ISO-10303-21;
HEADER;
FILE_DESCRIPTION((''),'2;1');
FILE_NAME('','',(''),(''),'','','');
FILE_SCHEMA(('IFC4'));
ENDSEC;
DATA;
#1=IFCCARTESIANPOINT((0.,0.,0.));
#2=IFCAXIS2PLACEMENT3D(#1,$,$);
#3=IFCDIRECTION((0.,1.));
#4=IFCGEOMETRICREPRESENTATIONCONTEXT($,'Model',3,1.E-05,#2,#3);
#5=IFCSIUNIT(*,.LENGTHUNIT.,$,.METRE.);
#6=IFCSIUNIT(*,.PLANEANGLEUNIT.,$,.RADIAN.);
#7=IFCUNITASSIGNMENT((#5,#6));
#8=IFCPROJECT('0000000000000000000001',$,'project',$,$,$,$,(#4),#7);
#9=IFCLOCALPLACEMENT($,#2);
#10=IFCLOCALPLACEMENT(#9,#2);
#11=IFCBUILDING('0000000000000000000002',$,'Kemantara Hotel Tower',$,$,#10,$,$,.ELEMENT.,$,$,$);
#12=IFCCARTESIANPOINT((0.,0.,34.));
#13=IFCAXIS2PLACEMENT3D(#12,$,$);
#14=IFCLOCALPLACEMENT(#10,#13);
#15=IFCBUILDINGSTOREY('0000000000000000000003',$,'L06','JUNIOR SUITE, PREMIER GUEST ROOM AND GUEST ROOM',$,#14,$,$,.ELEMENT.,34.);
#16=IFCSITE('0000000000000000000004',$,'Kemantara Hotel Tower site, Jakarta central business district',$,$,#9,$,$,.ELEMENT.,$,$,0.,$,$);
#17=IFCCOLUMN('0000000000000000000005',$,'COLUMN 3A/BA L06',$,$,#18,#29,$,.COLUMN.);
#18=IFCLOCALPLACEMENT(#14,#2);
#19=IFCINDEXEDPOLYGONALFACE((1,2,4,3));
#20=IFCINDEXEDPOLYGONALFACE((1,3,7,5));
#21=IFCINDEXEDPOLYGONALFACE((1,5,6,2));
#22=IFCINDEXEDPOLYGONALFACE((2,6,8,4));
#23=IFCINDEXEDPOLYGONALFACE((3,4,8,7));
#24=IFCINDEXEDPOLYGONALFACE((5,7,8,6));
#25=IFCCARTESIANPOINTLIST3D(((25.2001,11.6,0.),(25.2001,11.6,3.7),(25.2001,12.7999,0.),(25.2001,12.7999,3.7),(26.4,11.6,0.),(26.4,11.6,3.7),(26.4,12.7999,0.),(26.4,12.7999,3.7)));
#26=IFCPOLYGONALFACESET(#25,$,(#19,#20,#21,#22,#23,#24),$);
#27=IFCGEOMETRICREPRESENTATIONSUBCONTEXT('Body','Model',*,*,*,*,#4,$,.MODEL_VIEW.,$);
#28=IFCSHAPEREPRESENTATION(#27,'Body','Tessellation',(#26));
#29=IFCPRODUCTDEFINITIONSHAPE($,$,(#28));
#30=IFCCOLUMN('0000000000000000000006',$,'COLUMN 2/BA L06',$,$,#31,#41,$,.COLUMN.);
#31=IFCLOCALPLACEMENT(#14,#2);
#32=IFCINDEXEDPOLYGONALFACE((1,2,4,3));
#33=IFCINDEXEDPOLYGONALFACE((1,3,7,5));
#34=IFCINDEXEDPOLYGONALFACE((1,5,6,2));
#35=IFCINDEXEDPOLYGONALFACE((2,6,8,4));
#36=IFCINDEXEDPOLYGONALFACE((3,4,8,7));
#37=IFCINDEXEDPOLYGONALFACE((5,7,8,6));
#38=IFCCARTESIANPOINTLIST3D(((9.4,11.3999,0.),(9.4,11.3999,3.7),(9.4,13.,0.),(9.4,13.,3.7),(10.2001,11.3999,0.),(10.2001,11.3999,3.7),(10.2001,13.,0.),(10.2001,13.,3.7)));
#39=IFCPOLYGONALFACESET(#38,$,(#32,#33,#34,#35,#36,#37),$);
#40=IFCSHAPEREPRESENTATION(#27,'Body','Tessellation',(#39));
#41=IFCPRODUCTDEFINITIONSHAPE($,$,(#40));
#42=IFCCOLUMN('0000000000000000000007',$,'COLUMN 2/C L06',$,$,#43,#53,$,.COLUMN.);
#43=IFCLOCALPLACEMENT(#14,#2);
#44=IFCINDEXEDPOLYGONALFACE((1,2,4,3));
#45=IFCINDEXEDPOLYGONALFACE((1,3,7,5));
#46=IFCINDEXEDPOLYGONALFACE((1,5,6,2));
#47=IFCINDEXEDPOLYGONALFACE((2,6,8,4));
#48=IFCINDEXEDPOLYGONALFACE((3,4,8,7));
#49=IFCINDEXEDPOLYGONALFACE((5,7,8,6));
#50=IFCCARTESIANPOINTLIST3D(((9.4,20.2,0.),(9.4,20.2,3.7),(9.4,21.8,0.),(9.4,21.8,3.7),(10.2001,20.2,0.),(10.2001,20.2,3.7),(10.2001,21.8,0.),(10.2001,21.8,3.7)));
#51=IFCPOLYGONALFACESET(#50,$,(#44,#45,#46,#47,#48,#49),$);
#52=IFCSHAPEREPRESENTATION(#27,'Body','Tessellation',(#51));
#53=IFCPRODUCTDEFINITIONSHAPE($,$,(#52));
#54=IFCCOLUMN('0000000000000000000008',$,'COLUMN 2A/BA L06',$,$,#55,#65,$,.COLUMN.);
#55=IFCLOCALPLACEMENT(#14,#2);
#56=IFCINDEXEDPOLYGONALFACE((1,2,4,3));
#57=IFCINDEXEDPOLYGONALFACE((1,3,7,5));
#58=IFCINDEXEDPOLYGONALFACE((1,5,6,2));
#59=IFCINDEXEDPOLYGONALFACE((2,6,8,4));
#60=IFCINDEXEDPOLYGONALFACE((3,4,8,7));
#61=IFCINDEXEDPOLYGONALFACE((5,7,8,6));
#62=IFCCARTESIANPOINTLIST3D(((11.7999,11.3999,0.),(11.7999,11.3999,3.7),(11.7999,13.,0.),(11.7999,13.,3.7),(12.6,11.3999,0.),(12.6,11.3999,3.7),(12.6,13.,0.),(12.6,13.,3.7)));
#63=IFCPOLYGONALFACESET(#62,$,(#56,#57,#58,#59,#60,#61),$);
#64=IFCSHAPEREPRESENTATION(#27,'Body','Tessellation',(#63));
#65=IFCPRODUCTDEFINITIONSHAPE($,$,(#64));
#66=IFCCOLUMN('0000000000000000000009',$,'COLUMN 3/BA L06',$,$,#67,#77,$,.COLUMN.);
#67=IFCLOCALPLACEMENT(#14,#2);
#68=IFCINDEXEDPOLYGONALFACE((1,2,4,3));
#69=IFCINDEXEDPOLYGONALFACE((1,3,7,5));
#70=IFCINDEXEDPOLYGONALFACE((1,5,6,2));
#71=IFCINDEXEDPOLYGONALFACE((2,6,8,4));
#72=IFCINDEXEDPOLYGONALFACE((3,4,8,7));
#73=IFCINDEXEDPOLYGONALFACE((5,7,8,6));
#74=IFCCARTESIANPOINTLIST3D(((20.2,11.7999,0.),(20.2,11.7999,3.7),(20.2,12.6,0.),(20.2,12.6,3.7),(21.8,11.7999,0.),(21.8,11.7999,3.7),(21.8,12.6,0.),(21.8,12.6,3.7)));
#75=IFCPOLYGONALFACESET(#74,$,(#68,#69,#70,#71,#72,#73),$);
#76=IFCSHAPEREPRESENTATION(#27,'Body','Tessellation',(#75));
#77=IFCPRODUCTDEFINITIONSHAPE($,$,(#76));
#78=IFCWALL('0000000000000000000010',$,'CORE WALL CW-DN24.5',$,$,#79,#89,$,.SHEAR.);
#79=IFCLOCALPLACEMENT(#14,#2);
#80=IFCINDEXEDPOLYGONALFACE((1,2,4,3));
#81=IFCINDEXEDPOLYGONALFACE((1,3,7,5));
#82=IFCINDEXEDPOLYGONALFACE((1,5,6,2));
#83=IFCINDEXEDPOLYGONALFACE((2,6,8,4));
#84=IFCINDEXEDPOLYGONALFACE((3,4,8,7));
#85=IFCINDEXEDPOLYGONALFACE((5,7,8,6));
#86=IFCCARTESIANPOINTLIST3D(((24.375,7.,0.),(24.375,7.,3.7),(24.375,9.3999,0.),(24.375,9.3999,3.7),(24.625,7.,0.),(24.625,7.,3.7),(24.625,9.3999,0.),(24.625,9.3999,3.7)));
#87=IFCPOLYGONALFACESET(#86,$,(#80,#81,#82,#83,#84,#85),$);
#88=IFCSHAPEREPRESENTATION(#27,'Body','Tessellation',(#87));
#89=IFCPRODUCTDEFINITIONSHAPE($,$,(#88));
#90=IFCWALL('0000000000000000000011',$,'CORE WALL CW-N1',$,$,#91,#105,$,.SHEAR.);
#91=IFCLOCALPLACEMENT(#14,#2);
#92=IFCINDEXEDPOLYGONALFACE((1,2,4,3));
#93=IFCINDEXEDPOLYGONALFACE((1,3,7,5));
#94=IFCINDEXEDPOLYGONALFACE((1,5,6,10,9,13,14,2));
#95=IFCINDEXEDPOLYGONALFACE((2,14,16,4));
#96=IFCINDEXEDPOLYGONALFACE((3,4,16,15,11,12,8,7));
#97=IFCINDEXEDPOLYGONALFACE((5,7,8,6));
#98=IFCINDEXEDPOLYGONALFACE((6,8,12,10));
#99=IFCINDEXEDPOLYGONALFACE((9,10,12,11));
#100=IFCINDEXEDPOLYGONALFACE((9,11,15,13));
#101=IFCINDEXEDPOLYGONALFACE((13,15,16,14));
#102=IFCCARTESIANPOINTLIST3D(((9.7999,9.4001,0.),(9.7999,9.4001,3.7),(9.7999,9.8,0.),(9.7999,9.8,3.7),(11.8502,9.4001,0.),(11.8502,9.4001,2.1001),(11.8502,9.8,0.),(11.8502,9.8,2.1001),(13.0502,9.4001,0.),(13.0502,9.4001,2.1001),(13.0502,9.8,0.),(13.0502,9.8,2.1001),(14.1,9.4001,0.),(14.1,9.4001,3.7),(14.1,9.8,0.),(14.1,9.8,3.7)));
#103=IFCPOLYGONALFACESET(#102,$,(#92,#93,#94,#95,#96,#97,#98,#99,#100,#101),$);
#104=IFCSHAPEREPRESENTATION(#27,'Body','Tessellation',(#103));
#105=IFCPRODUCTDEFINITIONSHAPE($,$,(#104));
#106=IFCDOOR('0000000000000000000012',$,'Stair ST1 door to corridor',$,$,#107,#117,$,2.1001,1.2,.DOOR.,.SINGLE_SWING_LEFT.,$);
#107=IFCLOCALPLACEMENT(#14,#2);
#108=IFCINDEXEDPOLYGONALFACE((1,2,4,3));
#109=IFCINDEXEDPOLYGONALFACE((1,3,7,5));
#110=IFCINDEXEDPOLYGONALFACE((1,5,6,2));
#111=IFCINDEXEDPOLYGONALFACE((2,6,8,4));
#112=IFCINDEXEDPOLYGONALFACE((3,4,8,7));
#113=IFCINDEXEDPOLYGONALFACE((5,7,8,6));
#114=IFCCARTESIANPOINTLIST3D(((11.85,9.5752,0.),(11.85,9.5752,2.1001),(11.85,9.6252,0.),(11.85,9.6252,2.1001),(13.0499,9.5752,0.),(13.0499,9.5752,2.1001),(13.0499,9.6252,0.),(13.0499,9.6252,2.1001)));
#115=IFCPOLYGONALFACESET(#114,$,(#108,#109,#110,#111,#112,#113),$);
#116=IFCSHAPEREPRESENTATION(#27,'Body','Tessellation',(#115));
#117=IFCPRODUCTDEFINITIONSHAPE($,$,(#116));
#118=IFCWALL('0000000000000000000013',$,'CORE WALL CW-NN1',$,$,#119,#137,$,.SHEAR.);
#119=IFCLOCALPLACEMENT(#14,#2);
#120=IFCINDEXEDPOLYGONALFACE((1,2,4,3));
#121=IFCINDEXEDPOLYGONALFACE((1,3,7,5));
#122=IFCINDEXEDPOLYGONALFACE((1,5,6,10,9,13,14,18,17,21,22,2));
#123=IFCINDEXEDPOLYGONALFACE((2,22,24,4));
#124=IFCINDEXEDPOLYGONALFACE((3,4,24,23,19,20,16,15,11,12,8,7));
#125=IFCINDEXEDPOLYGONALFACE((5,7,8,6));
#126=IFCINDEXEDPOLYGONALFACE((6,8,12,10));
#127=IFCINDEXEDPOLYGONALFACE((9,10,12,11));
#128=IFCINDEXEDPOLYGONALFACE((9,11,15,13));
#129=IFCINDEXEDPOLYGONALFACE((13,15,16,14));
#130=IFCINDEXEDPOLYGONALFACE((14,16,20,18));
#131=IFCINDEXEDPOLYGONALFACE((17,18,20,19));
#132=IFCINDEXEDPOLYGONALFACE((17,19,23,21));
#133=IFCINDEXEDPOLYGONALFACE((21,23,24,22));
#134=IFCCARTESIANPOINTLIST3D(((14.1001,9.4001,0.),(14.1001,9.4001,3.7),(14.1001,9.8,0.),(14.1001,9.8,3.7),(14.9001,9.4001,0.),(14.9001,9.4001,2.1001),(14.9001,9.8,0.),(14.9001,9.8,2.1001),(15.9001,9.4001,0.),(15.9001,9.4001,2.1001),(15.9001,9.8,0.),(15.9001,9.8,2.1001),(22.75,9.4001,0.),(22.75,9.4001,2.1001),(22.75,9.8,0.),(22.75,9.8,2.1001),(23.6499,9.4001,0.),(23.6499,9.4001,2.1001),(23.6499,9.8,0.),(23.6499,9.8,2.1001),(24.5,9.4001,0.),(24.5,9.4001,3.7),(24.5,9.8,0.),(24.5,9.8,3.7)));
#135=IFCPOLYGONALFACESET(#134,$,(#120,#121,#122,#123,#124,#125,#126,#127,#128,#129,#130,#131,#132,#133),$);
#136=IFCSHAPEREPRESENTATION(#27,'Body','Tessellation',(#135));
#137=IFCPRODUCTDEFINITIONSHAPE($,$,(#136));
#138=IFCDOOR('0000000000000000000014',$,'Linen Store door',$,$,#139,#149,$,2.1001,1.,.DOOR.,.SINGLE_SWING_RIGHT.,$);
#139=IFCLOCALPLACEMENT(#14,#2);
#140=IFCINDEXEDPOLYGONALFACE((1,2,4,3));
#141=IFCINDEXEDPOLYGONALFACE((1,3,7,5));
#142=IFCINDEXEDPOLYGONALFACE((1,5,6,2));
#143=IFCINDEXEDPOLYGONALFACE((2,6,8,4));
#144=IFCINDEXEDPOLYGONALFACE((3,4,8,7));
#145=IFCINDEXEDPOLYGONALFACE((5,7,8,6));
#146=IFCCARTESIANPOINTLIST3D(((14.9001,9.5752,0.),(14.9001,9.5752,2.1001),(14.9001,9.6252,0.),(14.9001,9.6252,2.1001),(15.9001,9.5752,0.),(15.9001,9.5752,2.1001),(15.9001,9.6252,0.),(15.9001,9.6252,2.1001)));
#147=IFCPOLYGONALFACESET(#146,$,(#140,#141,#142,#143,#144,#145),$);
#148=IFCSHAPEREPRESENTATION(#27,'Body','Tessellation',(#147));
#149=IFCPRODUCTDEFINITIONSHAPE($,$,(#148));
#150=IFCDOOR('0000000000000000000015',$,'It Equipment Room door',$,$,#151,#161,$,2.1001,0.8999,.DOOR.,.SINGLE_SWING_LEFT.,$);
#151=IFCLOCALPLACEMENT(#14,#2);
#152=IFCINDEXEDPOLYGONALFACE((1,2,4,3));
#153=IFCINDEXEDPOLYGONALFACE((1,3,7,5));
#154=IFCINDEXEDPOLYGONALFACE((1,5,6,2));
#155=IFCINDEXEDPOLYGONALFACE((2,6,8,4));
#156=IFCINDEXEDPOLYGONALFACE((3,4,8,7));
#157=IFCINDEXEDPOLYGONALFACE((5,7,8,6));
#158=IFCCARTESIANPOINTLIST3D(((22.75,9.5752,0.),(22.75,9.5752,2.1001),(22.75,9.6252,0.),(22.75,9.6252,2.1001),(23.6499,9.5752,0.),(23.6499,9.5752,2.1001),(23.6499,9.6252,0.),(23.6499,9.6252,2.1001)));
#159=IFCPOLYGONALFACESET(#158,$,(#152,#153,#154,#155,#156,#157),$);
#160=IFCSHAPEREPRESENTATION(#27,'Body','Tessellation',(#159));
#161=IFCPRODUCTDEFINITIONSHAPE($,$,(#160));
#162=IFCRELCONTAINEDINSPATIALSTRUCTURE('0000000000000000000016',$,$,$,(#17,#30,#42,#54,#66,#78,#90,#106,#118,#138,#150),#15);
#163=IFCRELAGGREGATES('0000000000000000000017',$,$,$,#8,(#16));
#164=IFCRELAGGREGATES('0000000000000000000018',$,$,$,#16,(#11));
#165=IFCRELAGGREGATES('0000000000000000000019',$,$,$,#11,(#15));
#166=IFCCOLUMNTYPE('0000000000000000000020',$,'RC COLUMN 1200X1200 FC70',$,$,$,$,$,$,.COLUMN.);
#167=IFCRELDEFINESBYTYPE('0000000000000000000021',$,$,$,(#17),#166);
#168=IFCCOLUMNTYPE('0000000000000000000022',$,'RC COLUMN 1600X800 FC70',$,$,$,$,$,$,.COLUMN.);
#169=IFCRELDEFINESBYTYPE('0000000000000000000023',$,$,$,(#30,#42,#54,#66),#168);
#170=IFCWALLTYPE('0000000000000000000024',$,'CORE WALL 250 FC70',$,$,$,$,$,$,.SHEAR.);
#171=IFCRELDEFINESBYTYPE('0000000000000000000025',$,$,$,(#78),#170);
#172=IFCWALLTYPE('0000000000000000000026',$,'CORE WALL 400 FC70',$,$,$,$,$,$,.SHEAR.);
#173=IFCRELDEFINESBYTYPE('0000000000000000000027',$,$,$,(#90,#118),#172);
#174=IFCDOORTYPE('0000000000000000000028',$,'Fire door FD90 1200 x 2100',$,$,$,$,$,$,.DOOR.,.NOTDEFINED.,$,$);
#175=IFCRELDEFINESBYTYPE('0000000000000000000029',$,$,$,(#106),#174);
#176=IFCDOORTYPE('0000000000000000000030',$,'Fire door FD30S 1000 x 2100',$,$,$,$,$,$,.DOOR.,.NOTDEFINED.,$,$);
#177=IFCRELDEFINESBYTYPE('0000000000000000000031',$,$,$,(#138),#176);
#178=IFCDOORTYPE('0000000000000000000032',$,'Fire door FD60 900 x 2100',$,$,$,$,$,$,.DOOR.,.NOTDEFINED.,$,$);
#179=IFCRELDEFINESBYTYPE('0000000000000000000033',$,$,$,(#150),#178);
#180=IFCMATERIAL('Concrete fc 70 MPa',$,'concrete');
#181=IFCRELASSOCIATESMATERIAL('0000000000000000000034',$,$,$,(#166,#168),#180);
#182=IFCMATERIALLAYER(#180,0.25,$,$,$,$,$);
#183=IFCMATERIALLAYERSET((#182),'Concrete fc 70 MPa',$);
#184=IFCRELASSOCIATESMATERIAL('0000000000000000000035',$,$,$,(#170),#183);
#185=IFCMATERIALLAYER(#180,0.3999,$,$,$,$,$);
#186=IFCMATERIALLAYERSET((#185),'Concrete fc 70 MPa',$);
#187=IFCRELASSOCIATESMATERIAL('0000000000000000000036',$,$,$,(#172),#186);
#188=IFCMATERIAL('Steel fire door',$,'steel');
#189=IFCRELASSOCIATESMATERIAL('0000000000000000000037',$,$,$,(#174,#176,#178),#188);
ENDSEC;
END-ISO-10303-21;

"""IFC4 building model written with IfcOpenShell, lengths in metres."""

from ifc_helpers import new_model, si_unit, direction, frame, frame_2d, origin, origin_2d, place, context, subcontext, project, spatial, rectangle, extrude, material, layer, layer_set, material_profile, profile_set, type_object, element, fill, save


model = new_model("IFC4")

# Units and contexts
model_context = context("Model", 3, precision=1e-05, world=origin(), true_north=direction((0.0, 1.0)))
body_context = subcontext(model_context, "Body", "Model", "MODEL_VIEW")
ifc_project = project(units=[si_unit("LENGTHUNIT", "METRE"), si_unit("PLANEANGLEUNIT", "RADIAN")], contexts=[model_context])

# Site, building, storey
site_placement = place(None, origin())
site = spatial("IfcSite", under=ifc_project, at=site_placement, Name="Kemantara Hotel Tower site, Jakarta central business district", CompositionType="ELEMENT", RefElevation=0.0)
building_placement = place(site_placement, origin())
building = spatial("IfcBuilding", under=site, at=building_placement, Name="Kemantara Hotel Tower", CompositionType="ELEMENT")
storey_placement = place(building_placement, frame((0.0, 0.0, 34.0)))
storey = spatial("IfcBuildingStorey", under=building, at=storey_placement, Name="L06", Description="JUNIOR SUITE, PREMIER GUEST ROOM AND GUEST ROOM", CompositionType="ELEMENT", Elevation=34.0)

# Columns
ifc_material_1 = material(Name="Concrete fc 70 MPa", Category="concrete")
ifc_material_profile_1 = material_profile(ifc_material_1, rectangle(XDim=1.2, YDim=1.2, at=origin_2d()), Name="RC 1200X1200")
ifc_profile_set_1 = profile_set([ifc_material_profile_1], Name="Concrete fc 70 MPa")
column_type_1 = type_object("IfcColumnType", Name="RC COLUMN 1200X1200 FC70", PredefinedType="COLUMN", material=ifc_profile_set_1)
column_placement = place(storey_placement, frame((25.8, 12.2, 0.0), z_axis=(0.0, 0.0, 1.0), x_axis=(1.0, 0.0, 0.0)))
element("IfcColumn", 1, at=column_placement, inside=storey, type_object=column_type_1, Name="COLUMN 3A/BA L06", PredefinedType="COLUMN", context=body_context, shape_type="SweptSolid", body=[
    extrude(rectangle(XDim=1.2, YDim=1.2, at=origin_2d()), origin(), (0.0, 0.0, 1.0), 3.7),
])
ifc_material_profile_2 = material_profile(ifc_material_1, rectangle(XDim=1.6001, YDim=0.8, at=origin_2d()), Name="RC 1600X800")
ifc_profile_set_2 = profile_set([ifc_material_profile_2], Name="Concrete fc 70 MPa")
column_type_2 = type_object("IfcColumnType", Name="RC COLUMN 1600X800 FC70", PredefinedType="COLUMN", material=ifc_profile_set_2)
for number, where, z_axis, x_axis, name in (
    (2, (9.8, 12.2, 0.0), (0.0, 0.0, 1.0), (0.0, 1.0, 0.0), "COLUMN 2/BA L06"),
    (3, (9.8, 21.0, 0.0), (0.0, 0.0, 1.0), (0.0, 1.0, 0.0), "COLUMN 2/C L06"),
    (4, (12.2, 12.2, 0.0), (0.0, 0.0, 1.0), (0.0, 1.0, 0.0), "COLUMN 2A/BA L06"),
    (5, (21.0, 12.2, 0.0), (0.0, 0.0, 1.0), (1.0, 0.0, 0.0), "COLUMN 3/BA L06"),
):
    element("IfcColumn", number, at=place(storey_placement, frame(where, z_axis=z_axis, x_axis=x_axis)), inside=storey, type_object=column_type_2, Name=name, PredefinedType="COLUMN", context=body_context, shape_type="SweptSolid", body=[
        extrude(rectangle(XDim=1.6001, YDim=0.8, at=origin_2d()), origin(), (0.0, 0.0, 1.0), 3.7),
    ])

# Wall
ifc_layer_1 = layer(ifc_material_1, 0.25)
ifc_layer_set_1 = layer_set([ifc_layer_1], Name="Concrete fc 70 MPa")
wall_type_1 = type_object("IfcWallType", Name="CORE WALL 250 FC70", PredefinedType="SHEAR", material=ifc_layer_set_1)
wall_1_placement = place(storey_placement, frame((24.5, 7.0, 0.0), z_axis=(0.0, 0.0, 1.0), x_axis=(0.0, 1.0, 0.0)))
element("IfcWall", 6, at=wall_1_placement, inside=storey, type_object=wall_type_1, Name="CORE WALL CW-DN24.5", PredefinedType="SHEAR", context=body_context, shape_type="SweptSolid", body=[
    extrude(rectangle(XDim=2.3999, YDim=0.25, at=frame_2d((1.2, 0.0))), origin(), (0.0, 0.0, 1.0), 3.7),
])

# Wall, opening, door
ifc_layer_2 = layer(ifc_material_1, 0.3999)
ifc_layer_set_2 = layer_set([ifc_layer_2], Name="Concrete fc 70 MPa")
wall_type_2 = type_object("IfcWallType", Name="CORE WALL 400 FC70", PredefinedType="SHEAR", material=ifc_layer_set_2)
wall_2_placement = place(storey_placement, frame((9.8, 9.6001, 0.0), z_axis=(0.0, 0.0, 1.0), x_axis=(1.0, 0.0, 0.0)))
wall_2 = element("IfcWall", 7, at=wall_2_placement, inside=storey, type_object=wall_type_2, Name="CORE WALL CW-N1", PredefinedType="SHEAR", context=body_context, shape_type="SweptSolid", body=[
    extrude(rectangle(XDim=4.3, YDim=0.3999, at=frame_2d((2.1499, 0.0))), origin(), (0.0, 0.0, 1.0), 3.7),
])
opening_1_placement = place(wall_2_placement, frame((2.05, 0.0, 0.0)))
opening_1 = element("IfcOpeningElement", 8, at=opening_1_placement, cuts=wall_2, PredefinedType="OPENING", context=body_context, shape_type="SweptSolid", body=[
    extrude(rectangle(XDim=1.2, YDim=2.1001, at=frame_2d((0.6001, 1.05))), frame((0.0, 0.21, 0.0), z_axis=(0.0, -1.0, 0.0), x_axis=(1.0, 0.0, 0.0)), (0.0, 0.0, 1.0), 0.4199),
])
ifc_material_2 = material(Name="Steel fire door", Category="steel")
door_type_1 = type_object("IfcDoorType", Name="Fire door FD90 1200 x 2100", OperationType="NOTDEFINED", PredefinedType="DOOR", material=ifc_material_2)
door_1_placement = place(opening_1_placement, frame((1.2, 0.0, 0.0), z_axis=(0.0, 0.0, 1.0), x_axis=(-1.0, 0.0, 0.0)))
door_1 = element("IfcDoor", 9, at=door_1_placement, inside=storey, type_object=door_type_1, Name="Stair ST1 door to corridor", OperationType="SINGLE_SWING_LEFT", OverallHeight=2.1001, OverallWidth=1.2, PredefinedType="DOOR", context=body_context, shape_type="SweptSolid", body=[
    extrude(rectangle(XDim=1.2, YDim=2.1001, at=frame_2d((0.6001, 1.05))), frame((0.0, 0.0249, 0.0), z_axis=(0.0, -1.0, 0.0), x_axis=(1.0, 0.0, 0.0)), (0.0, 0.0, 1.0), 0.05),
])
fill(opening_1, door_1)

# Wall, openings, doors
wall_3_placement = place(storey_placement, frame((14.1001, 9.6001, 0.0), z_axis=(0.0, 0.0, 1.0), x_axis=(1.0, 0.0, 0.0)))
wall_3 = element("IfcWall", 10, at=wall_3_placement, inside=storey, type_object=wall_type_2, Name="CORE WALL CW-NN1", PredefinedType="SHEAR", context=body_context, shape_type="SweptSolid", body=[
    extrude(rectangle(XDim=10.3999, YDim=0.3999, at=frame_2d((5.2, 0.0))), origin(), (0.0, 0.0, 1.0), 3.7),
])
opening_2_placement = place(wall_3_placement, frame((0.8, 0.0, 0.0)))
opening_2 = element("IfcOpeningElement", 11, at=opening_2_placement, cuts=wall_3, PredefinedType="OPENING", context=body_context, shape_type="SweptSolid", body=[
    extrude(rectangle(XDim=1.0, YDim=2.1001, at=frame_2d((0.5, 1.05))), frame((0.0, 0.21, 0.0), z_axis=(0.0, -1.0, 0.0), x_axis=(1.0, 0.0, 0.0)), (0.0, 0.0, 1.0), 0.4199),
])
opening_3_placement = place(wall_3_placement, frame((8.6499, 0.0, 0.0)))
opening_3 = element("IfcOpeningElement", 12, at=opening_3_placement, cuts=wall_3, PredefinedType="OPENING", context=body_context, shape_type="SweptSolid", body=[
    extrude(rectangle(XDim=0.8999, YDim=2.1001, at=frame_2d((0.45, 1.05))), frame((0.0, 0.21, 0.0), z_axis=(0.0, -1.0, 0.0), x_axis=(1.0, 0.0, 0.0)), (0.0, 0.0, 1.0), 0.4199),
])
door_type_2 = type_object("IfcDoorType", Name="Fire door FD30S 1000 x 2100", OperationType="NOTDEFINED", PredefinedType="DOOR", material=ifc_material_2)
door_2_placement = place(opening_2_placement, frame((1.0, 0.0, 0.0), z_axis=(0.0, 0.0, 1.0), x_axis=(-1.0, 0.0, 0.0)))
door_2 = element("IfcDoor", 13, at=door_2_placement, inside=storey, type_object=door_type_2, Name="Linen Store door", OperationType="SINGLE_SWING_RIGHT", OverallHeight=2.1001, OverallWidth=1.0, PredefinedType="DOOR", context=body_context, shape_type="SweptSolid", body=[
    extrude(rectangle(XDim=1.0, YDim=2.1001, at=frame_2d((0.5, 1.05))), frame((0.0, 0.0249, 0.0), z_axis=(0.0, -1.0, 0.0), x_axis=(1.0, 0.0, 0.0)), (0.0, 0.0, 1.0), 0.05),
])
fill(opening_2, door_2)
door_type_3 = type_object("IfcDoorType", Name="Fire door FD60 900 x 2100", OperationType="NOTDEFINED", PredefinedType="DOOR", material=ifc_material_2)
door_3_placement = place(opening_3_placement, frame((0.8999, 0.0, 0.0), z_axis=(0.0, 0.0, 1.0), x_axis=(-1.0, 0.0, 0.0)))
door_3 = element("IfcDoor", 14, at=door_3_placement, inside=storey, type_object=door_type_3, Name="It Equipment Room door", OperationType="SINGLE_SWING_LEFT", OverallHeight=2.1001, OverallWidth=0.8999, PredefinedType="DOOR", context=body_context, shape_type="SweptSolid", body=[
    extrude(rectangle(XDim=0.8999, YDim=2.1001, at=frame_2d((0.45, 1.05))), frame((0.0, 0.0249, 0.0), z_axis=(0.0, -1.0, 0.0), x_axis=(1.0, 0.0, 0.0)), (0.0, 0.0, 1.0), 0.05),
])
fill(opening_3, door_3)

save(model, "model.ifc")
